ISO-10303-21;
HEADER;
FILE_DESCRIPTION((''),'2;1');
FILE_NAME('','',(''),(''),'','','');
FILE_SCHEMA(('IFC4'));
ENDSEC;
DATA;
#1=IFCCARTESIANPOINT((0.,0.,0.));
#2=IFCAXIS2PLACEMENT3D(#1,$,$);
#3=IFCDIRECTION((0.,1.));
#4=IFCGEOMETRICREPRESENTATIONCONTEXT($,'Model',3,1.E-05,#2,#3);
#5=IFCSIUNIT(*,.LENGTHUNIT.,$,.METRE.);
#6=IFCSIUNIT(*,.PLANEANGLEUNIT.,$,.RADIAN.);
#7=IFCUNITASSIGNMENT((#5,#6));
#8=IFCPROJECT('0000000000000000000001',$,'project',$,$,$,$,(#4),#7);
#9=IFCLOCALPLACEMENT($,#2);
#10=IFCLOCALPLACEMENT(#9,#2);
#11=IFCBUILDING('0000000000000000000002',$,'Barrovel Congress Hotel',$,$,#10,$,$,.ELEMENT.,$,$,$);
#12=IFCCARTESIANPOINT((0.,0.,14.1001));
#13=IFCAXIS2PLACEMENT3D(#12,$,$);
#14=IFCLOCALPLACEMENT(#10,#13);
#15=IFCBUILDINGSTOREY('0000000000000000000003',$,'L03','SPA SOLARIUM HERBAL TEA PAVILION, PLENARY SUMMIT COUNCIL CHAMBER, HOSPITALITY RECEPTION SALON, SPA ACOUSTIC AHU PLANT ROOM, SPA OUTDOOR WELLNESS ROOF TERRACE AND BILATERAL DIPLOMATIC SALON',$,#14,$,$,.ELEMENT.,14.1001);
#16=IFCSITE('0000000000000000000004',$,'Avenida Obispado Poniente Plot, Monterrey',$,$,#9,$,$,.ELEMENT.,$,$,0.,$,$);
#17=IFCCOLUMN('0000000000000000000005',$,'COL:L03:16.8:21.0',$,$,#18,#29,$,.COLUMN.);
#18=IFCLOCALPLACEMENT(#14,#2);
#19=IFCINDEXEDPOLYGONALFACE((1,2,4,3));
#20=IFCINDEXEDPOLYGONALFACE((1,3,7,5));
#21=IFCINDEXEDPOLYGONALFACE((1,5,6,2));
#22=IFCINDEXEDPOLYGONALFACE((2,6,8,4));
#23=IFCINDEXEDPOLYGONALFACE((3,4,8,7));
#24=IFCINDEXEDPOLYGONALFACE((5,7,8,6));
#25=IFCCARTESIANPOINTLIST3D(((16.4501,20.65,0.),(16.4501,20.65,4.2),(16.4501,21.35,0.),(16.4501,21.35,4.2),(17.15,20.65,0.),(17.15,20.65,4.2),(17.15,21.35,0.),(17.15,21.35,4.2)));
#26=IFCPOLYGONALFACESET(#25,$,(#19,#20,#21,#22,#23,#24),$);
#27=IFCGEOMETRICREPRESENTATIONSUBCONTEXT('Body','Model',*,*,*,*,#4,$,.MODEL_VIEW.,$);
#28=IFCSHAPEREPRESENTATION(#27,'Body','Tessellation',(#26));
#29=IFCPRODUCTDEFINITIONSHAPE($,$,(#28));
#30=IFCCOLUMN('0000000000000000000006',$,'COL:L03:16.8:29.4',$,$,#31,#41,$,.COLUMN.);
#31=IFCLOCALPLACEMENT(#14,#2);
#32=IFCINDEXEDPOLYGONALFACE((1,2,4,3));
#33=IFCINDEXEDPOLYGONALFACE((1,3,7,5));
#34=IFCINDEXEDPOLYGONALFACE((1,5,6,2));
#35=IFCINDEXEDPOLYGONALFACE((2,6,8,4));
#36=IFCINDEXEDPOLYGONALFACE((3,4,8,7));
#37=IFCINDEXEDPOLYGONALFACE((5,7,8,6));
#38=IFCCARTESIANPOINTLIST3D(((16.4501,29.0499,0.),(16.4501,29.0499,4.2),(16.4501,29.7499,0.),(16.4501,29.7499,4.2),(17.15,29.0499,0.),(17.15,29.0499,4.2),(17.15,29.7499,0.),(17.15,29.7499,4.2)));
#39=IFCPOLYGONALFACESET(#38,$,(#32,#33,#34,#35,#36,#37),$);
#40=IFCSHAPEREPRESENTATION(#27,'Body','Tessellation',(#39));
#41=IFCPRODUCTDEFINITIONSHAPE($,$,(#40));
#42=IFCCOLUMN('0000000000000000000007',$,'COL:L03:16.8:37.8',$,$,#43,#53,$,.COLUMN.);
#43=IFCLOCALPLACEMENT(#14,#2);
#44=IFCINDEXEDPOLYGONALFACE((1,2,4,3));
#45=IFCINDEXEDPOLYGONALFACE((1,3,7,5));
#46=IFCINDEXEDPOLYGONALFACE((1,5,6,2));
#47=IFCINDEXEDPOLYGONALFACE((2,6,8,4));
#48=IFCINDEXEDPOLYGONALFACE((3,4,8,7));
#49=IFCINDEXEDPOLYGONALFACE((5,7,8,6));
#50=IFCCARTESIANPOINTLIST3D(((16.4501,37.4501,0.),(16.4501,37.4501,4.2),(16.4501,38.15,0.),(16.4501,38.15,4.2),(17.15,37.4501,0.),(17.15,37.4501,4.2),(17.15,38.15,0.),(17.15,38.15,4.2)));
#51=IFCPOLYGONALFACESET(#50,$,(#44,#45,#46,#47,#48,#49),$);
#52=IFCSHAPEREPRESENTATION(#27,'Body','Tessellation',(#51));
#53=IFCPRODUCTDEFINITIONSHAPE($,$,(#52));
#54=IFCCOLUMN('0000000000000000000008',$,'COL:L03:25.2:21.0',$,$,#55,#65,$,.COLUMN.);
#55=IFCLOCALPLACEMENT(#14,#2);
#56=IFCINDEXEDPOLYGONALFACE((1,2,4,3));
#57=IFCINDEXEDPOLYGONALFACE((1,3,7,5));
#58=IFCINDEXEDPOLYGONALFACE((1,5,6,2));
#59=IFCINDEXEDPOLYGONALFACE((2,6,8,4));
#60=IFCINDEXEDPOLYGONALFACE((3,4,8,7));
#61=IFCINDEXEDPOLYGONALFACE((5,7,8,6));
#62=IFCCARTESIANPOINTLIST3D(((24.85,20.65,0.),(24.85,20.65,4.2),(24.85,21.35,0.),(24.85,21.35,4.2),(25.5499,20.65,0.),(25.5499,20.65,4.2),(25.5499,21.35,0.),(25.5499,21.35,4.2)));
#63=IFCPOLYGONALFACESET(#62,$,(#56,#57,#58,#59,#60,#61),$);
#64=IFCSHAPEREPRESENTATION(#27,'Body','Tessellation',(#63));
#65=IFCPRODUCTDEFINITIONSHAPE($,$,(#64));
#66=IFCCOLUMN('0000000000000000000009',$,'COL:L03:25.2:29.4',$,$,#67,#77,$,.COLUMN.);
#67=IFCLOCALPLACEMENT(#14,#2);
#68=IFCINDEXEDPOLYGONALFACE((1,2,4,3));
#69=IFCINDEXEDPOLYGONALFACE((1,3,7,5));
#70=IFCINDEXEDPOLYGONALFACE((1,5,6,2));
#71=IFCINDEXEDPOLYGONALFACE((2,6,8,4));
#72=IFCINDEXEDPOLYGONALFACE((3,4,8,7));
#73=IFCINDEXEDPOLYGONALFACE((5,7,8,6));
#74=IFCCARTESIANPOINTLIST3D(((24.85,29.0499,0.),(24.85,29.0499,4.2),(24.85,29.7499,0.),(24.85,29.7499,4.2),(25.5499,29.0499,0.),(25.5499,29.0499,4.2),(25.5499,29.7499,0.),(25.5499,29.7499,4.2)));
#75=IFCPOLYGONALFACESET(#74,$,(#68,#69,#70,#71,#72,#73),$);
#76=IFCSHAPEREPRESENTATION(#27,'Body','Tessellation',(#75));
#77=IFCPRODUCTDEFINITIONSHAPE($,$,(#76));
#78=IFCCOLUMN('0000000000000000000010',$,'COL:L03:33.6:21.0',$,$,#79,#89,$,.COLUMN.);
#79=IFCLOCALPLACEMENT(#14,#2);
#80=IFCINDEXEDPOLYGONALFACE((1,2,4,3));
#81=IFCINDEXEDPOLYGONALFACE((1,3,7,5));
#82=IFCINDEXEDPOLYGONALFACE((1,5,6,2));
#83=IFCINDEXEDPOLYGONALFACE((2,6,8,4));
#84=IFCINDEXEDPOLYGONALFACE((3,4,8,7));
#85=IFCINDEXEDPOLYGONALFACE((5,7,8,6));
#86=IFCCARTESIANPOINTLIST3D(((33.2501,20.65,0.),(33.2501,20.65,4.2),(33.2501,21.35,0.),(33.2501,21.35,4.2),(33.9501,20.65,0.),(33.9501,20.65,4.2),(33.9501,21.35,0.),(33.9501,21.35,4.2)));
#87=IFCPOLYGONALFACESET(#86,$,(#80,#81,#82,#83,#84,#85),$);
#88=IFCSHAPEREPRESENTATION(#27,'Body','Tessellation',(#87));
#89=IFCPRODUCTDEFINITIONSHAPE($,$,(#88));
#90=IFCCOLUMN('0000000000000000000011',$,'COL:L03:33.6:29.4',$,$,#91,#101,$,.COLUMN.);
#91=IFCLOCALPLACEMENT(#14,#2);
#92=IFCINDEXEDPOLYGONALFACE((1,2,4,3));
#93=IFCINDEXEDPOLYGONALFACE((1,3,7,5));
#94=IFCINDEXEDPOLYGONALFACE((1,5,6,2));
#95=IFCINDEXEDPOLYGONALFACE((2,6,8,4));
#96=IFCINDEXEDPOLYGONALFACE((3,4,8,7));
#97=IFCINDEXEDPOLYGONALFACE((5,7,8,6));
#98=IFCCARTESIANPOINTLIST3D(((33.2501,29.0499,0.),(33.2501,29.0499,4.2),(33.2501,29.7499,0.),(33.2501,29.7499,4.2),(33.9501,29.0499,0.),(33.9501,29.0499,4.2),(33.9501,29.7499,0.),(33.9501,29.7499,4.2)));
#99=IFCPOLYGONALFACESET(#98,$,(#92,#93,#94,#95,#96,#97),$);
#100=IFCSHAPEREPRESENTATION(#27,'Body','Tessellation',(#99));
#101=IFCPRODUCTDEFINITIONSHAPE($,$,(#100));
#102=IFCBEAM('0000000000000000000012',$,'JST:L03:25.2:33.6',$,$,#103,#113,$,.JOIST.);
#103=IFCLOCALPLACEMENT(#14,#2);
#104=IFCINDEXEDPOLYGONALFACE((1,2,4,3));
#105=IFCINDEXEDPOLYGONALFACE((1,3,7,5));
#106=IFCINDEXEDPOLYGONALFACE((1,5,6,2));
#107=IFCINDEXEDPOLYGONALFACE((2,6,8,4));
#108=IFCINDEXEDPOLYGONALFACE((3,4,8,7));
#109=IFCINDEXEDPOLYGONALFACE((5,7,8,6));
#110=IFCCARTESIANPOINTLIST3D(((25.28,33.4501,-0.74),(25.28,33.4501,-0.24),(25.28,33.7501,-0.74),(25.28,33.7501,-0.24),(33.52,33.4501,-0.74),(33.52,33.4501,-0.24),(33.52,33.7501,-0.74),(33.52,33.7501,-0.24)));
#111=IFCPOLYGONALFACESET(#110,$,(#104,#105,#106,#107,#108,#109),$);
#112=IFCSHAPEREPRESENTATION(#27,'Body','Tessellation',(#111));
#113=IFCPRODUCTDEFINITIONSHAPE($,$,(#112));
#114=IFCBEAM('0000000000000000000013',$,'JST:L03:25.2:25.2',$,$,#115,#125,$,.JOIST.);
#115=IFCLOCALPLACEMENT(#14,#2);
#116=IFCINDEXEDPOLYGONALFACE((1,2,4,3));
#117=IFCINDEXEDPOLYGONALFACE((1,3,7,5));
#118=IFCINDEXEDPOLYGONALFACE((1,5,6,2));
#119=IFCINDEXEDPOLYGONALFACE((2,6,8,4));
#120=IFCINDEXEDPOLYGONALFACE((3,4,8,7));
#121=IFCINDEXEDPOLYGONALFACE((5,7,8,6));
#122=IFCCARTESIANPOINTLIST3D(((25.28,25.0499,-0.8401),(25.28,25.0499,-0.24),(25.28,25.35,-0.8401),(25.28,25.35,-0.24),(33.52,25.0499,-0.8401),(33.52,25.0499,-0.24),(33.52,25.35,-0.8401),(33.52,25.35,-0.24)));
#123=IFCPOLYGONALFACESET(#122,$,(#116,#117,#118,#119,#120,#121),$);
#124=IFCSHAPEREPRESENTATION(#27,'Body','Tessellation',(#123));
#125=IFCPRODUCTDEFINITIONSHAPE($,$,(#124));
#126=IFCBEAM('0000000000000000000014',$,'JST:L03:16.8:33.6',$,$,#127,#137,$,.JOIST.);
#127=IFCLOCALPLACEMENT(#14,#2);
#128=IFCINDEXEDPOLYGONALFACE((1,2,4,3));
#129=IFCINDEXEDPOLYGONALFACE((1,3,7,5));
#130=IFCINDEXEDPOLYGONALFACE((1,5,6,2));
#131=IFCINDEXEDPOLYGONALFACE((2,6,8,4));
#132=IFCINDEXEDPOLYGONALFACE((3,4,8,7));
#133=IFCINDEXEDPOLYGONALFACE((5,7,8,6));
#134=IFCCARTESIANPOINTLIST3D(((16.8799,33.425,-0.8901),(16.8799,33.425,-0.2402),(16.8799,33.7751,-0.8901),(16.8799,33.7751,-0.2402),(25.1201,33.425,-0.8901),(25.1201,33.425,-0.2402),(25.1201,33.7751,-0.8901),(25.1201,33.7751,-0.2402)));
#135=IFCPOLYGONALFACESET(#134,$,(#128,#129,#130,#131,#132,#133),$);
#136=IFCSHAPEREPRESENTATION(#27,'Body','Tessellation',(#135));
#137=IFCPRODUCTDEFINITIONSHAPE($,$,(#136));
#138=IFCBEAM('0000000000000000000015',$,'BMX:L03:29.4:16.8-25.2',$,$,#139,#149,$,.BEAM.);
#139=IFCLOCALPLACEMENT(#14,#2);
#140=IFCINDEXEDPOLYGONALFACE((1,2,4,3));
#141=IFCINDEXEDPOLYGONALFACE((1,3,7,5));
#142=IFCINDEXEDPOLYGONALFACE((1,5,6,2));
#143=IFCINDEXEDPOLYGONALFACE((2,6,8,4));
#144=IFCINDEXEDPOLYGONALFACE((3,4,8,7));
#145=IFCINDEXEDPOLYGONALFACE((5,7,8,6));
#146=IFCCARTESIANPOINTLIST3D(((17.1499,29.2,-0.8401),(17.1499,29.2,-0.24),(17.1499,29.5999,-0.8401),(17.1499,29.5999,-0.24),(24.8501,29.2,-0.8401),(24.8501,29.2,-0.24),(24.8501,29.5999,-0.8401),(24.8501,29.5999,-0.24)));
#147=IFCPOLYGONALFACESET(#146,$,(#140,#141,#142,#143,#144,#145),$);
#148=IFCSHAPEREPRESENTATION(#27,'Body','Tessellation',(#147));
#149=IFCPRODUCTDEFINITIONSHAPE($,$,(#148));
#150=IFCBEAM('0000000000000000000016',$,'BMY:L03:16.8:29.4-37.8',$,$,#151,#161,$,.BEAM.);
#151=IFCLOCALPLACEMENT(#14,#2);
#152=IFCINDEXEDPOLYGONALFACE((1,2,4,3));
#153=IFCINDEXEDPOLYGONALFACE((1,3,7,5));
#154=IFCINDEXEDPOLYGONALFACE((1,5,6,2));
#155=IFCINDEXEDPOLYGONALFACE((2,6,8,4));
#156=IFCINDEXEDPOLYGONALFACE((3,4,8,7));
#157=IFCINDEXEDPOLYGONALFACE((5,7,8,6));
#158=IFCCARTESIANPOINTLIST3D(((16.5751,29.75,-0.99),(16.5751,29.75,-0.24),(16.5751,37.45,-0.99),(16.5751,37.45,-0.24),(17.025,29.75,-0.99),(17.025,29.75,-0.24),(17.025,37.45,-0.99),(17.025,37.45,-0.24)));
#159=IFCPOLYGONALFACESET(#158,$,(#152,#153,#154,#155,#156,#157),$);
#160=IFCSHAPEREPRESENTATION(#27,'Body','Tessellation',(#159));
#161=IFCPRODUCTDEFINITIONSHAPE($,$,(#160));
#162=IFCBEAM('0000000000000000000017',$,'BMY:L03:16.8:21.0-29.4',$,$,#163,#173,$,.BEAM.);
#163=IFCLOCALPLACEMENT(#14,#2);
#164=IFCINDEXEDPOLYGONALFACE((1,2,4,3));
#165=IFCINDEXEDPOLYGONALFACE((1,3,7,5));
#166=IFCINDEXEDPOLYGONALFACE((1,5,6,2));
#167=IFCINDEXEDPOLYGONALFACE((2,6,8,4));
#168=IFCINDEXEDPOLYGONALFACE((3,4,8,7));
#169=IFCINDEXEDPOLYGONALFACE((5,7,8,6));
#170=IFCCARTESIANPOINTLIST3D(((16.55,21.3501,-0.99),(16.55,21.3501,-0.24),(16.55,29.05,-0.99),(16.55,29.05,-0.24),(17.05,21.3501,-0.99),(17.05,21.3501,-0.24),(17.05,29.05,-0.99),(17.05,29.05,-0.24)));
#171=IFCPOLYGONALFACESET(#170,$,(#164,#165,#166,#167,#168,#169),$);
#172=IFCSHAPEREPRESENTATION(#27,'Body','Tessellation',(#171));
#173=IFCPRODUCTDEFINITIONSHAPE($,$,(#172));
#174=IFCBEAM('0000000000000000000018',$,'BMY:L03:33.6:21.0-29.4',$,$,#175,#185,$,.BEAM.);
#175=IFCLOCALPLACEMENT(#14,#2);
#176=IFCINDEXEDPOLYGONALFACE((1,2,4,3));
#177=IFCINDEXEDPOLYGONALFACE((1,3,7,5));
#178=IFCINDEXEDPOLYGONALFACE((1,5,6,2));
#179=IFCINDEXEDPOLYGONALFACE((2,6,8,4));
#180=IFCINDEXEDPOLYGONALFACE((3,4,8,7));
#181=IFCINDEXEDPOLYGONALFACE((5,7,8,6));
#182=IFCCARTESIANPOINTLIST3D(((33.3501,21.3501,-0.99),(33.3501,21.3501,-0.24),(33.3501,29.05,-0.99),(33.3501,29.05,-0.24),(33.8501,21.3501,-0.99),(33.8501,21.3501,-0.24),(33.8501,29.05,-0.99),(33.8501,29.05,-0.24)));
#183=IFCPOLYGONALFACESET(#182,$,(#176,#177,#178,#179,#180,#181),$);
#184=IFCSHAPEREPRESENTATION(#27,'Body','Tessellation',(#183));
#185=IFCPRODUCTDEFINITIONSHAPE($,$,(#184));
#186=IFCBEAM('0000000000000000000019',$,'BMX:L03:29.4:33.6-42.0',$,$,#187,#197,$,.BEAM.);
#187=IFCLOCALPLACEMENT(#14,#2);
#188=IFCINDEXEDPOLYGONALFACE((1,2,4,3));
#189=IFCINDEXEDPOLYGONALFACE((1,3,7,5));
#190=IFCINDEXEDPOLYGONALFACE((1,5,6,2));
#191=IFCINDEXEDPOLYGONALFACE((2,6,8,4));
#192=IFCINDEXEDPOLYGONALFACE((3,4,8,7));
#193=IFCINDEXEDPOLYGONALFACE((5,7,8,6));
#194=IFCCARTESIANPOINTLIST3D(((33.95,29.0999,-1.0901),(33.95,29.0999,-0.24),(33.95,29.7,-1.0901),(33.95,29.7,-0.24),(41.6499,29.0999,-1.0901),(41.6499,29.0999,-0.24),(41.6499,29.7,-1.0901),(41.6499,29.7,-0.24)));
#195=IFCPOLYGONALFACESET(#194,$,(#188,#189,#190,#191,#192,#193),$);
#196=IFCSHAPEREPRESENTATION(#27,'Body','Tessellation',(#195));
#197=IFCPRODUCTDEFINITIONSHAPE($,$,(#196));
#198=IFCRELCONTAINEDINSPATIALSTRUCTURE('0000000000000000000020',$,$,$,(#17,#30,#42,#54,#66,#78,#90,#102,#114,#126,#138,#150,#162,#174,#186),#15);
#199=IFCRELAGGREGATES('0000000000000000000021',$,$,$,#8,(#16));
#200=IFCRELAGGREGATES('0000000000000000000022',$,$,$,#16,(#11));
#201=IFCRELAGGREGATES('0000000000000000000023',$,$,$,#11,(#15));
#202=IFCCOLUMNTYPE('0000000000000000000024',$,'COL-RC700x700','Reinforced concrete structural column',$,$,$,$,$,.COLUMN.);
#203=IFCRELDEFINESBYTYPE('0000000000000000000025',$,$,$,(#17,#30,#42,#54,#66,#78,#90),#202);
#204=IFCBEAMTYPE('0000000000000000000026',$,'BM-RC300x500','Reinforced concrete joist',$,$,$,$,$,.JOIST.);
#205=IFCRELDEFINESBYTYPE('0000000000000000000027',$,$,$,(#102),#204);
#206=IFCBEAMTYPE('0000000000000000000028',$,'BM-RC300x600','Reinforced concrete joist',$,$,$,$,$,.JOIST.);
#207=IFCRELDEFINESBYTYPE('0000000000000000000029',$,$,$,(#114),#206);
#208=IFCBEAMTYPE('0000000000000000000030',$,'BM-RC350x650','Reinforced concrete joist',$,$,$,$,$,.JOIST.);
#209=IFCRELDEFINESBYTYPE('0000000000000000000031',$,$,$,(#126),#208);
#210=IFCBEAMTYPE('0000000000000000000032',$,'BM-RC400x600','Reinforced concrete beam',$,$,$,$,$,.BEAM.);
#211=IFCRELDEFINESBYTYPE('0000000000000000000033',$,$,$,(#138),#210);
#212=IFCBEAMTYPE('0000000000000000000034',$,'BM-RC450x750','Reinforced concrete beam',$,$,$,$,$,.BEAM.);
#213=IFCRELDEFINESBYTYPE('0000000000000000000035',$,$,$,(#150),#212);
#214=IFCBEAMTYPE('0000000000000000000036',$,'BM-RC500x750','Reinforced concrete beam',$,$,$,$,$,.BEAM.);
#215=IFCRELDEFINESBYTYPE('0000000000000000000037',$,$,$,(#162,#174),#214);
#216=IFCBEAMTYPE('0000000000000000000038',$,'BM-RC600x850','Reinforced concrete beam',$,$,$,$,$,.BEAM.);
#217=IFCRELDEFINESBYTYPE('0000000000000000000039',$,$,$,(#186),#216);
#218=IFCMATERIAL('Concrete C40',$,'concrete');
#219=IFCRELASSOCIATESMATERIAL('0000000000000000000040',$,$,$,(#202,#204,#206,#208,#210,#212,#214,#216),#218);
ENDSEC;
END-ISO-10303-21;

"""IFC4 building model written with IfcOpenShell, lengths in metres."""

from ifc_helpers import new_model, si_unit, direction, frame, origin, origin_2d, place, context, subcontext, project, spatial, rectangle, extrude, material, material_profile, profile_set, type_object, element, save


model = new_model("IFC4")

# Units and contexts
model_context = context("Model", 3, precision=1e-05, world=origin(), true_north=direction((0.0, 1.0)))
body_context = subcontext(model_context, "Body", "Model", "MODEL_VIEW")
ifc_project = project(units=[si_unit("LENGTHUNIT", "METRE"), si_unit("PLANEANGLEUNIT", "RADIAN")], contexts=[model_context])

# Site, building, storey
site_placement = place(None, origin())
site = spatial("IfcSite", under=ifc_project, at=site_placement, Name="Avenida Obispado Poniente Plot, Monterrey", CompositionType="ELEMENT", RefElevation=0.0)
building_placement = place(site_placement, origin())
building = spatial("IfcBuilding", under=site, at=building_placement, Name="Barrovel Congress Hotel", CompositionType="ELEMENT")
storey_placement = place(building_placement, frame((0.0, 0.0, 14.1001)))
storey = spatial("IfcBuildingStorey", under=building, at=storey_placement, Name="L03", Description="SPA SOLARIUM HERBAL TEA PAVILION, PLENARY SUMMIT COUNCIL CHAMBER, HOSPITALITY RECEPTION SALON, SPA ACOUSTIC AHU PLANT ROOM, SPA OUTDOOR WELLNESS ROOF TERRACE AND BILATERAL DIPLOMATIC SALON", CompositionType="ELEMENT", Elevation=14.1001)

# Columns
ifc_material_1 = material(Name="Concrete C40", Category="concrete")
ifc_material_profile_1 = material_profile(ifc_material_1, rectangle(XDim=0.7, YDim=0.7, at=origin_2d()), Name="RC700x700")
ifc_profile_set_1 = profile_set([ifc_material_profile_1], Name="Concrete C40")
column_type = type_object("IfcColumnType", Name="COL-RC700x700", Description="Reinforced concrete structural column", PredefinedType="COLUMN", material=ifc_profile_set_1)
for number, where, z_axis, x_axis, name in (
    (1, (16.8, 21.0, 0.0), (0.0, 0.0, 1.0), (1.0, 0.0, 0.0), "COL:L03:16.8:21.0"),
    (2, (16.8, 29.3999, 0.0), (0.0, 0.0, 1.0), (1.0, 0.0, 0.0), "COL:L03:16.8:29.4"),
    (3, (16.8, 37.8, 0.0), (0.0, 0.0, 1.0), (1.0, 0.0, 0.0), "COL:L03:16.8:37.8"),
    (4, (25.2, 21.0, 0.0), (0.0, 0.0, 1.0), (1.0, 0.0, 0.0), "COL:L03:25.2:21.0"),
    (5, (25.2, 29.3999, 0.0), (0.0, 0.0, 1.0), (1.0, 0.0, 0.0), "COL:L03:25.2:29.4"),
    (6, (33.6001, 21.0, 0.0), (0.0, 0.0, 1.0), (1.0, 0.0, 0.0), "COL:L03:33.6:21.0"),
    (7, (33.6001, 29.3999, 0.0), (0.0, 0.0, 1.0), (1.0, 0.0, 0.0), "COL:L03:33.6:29.4"),
):
    element("IfcColumn", number, at=place(storey_placement, frame(where, z_axis=z_axis, x_axis=x_axis)), inside=storey, type_object=column_type, Name=name, PredefinedType="COLUMN", context=body_context, shape_type="SweptSolid", body=[
        extrude(rectangle(XDim=0.7, YDim=0.7, at=origin_2d()), origin(), (0.0, 0.0, 1.0), 4.2),
    ])

# Beams
ifc_material_profile_2 = material_profile(ifc_material_1, rectangle(XDim=0.3, YDim=0.5, at=origin_2d()), Name="RC300x500")
ifc_profile_set_2 = profile_set([ifc_material_profile_2], Name="Concrete C40")
beam_type_1 = type_object("IfcBeamType", Name="BM-RC300x500", Description="Reinforced concrete joist", PredefinedType="JOIST", material=ifc_profile_set_2)
beam_1_placement = place(storey_placement, frame((25.28, 33.6001, -0.49), z_axis=(1.0, 0.0, 0.0), x_axis=(0.0, 1.0, 0.0)))
element("IfcBeam", 8, at=beam_1_placement, inside=storey, type_object=beam_type_1, Name="JST:L03:25.2:33.6", PredefinedType="JOIST", context=body_context, shape_type="SweptSolid", body=[
    extrude(rectangle(XDim=0.3, YDim=0.5, at=origin_2d()), origin(), (0.0, 0.0, 1.0), 8.24),
])
ifc_material_profile_3 = material_profile(ifc_material_1, rectangle(XDim=0.3, YDim=0.6001, at=origin_2d()), Name="RC300x600")
ifc_profile_set_3 = profile_set([ifc_material_profile_3], Name="Concrete C40")
beam_type_2 = type_object("IfcBeamType", Name="BM-RC300x600", Description="Reinforced concrete joist", PredefinedType="JOIST", material=ifc_profile_set_3)
beam_2_placement = place(storey_placement, frame((25.28, 25.2, -0.54), z_axis=(1.0, 0.0, 0.0), x_axis=(0.0, 1.0, 0.0)))
element("IfcBeam", 9, at=beam_2_placement, inside=storey, type_object=beam_type_2, Name="JST:L03:25.2:25.2", PredefinedType="JOIST", context=body_context, shape_type="SweptSolid", body=[
    extrude(rectangle(XDim=0.3, YDim=0.6001, at=origin_2d()), origin(), (0.0, 0.0, 1.0), 8.24),
])
ifc_material_profile_4 = material_profile(ifc_material_1, rectangle(XDim=0.3501, YDim=0.6499, at=origin_2d()), Name="RC350x650")
ifc_profile_set_4 = profile_set([ifc_material_profile_4], Name="Concrete C40")
beam_type_3 = type_object("IfcBeamType", Name="BM-RC350x650", Description="Reinforced concrete joist", PredefinedType="JOIST", material=ifc_profile_set_4)
beam_3_placement = place(storey_placement, frame((16.8799, 33.6001, -0.5652), z_axis=(1.0, 0.0, 0.0), x_axis=(0.0, 1.0, 0.0)))
element("IfcBeam", 10, at=beam_3_placement, inside=storey, type_object=beam_type_3, Name="JST:L03:16.8:33.6", PredefinedType="JOIST", context=body_context, shape_type="SweptSolid", body=[
    extrude(rectangle(XDim=0.3501, YDim=0.6499, at=origin_2d()), origin(), (0.0, 0.0, 1.0), 8.2402),
])
ifc_material_profile_5 = material_profile(ifc_material_1, rectangle(XDim=0.3999, YDim=0.6001, at=origin_2d()), Name="RC400x600")
ifc_profile_set_5 = profile_set([ifc_material_profile_5], Name="Concrete C40")
beam_type_4 = type_object("IfcBeamType", Name="BM-RC400x600", Description="Reinforced concrete beam", PredefinedType="BEAM", material=ifc_profile_set_5)
beam_4_placement = place(storey_placement, frame((17.1499, 29.3999, -0.54), z_axis=(1.0, 0.0, 0.0), x_axis=(0.0, 1.0, 0.0)))
element("IfcBeam", 11, at=beam_4_placement, inside=storey, type_object=beam_type_4, Name="BMX:L03:29.4:16.8-25.2", PredefinedType="BEAM", context=body_context, shape_type="SweptSolid", body=[
    extrude(rectangle(XDim=0.3999, YDim=0.6001, at=origin_2d()), origin(), (0.0, 0.0, 1.0), 7.7002),
])
ifc_material_profile_6 = material_profile(ifc_material_1, rectangle(XDim=0.45, YDim=0.75, at=origin_2d()), Name="RC450x750")
ifc_profile_set_6 = profile_set([ifc_material_profile_6], Name="Concrete C40")
beam_type_5 = type_object("IfcBeamType", Name="BM-RC450x750", Description="Reinforced concrete beam", PredefinedType="BEAM", material=ifc_profile_set_6)
beam_5_placement = place(storey_placement, frame((16.8, 29.75, -0.615), z_axis=(0.0, 1.0, 0.0), x_axis=(-1.0, 0.0, 0.0)))
element("IfcBeam", 12, at=beam_5_placement, inside=storey, type_object=beam_type_5, Name="BMY:L03:16.8:29.4-37.8", PredefinedType="BEAM", context=body_context, shape_type="SweptSolid", body=[
    extrude(rectangle(XDim=0.45, YDim=0.75, at=origin_2d()), origin(), (0.0, 0.0, 1.0), 7.7),
])
ifc_material_profile_7 = material_profile(ifc_material_1, rectangle(XDim=0.5, YDim=0.75, at=origin_2d()), Name="RC500x750")
ifc_profile_set_7 = profile_set([ifc_material_profile_7], Name="Concrete C40")
beam_type_6 = type_object("IfcBeamType", Name="BM-RC500x750", Description="Reinforced concrete beam", PredefinedType="BEAM", material=ifc_profile_set_7)
for number, where, z_axis, x_axis, name in (
    (13, (16.8, 21.3501, -0.615), (0.0, 1.0, 0.0), (-1.0, 0.0, 0.0), "BMY:L03:16.8:21.0-29.4"),
    (14, (33.6001, 21.3501, -0.615), (0.0, 1.0, 0.0), (-1.0, 0.0, 0.0), "BMY:L03:33.6:21.0-29.4"),
):
    element("IfcBeam", number, at=place(storey_placement, frame(where, z_axis=z_axis, x_axis=x_axis)), inside=storey, type_object=beam_type_6, Name=name, PredefinedType="BEAM", context=body_context, shape_type="SweptSolid", body=[
        extrude(rectangle(XDim=0.5, YDim=0.75, at=origin_2d()), origin(), (0.0, 0.0, 1.0), 7.7),
    ])
ifc_material_profile_8 = material_profile(ifc_material_1, rectangle(XDim=0.6001, YDim=0.8501, at=origin_2d()), Name="RC600x850")
ifc_profile_set_8 = profile_set([ifc_material_profile_8], Name="Concrete C40")
beam_type_7 = type_object("IfcBeamType", Name="BM-RC600x850", Description="Reinforced concrete beam", PredefinedType="BEAM", material=ifc_profile_set_8)
for number, where, z_axis, x_axis, name in (
    (15, (33.95, 29.3999, -0.665), (1.0, 0.0, 0.0), (0.0, 1.0, 0.0), "BMX:L03:29.4:33.6-42.0"),
):
    element("IfcBeam", number, at=place(storey_placement, frame(where, z_axis=z_axis, x_axis=x_axis)), inside=storey, type_object=beam_type_7, Name=name, PredefinedType="BEAM", context=body_context, shape_type="SweptSolid", body=[
        extrude(rectangle(XDim=0.6001, YDim=0.8501, at=origin_2d()), origin(), (0.0, 0.0, 1.0), 7.7),
    ])

save(model, "model.ifc")
